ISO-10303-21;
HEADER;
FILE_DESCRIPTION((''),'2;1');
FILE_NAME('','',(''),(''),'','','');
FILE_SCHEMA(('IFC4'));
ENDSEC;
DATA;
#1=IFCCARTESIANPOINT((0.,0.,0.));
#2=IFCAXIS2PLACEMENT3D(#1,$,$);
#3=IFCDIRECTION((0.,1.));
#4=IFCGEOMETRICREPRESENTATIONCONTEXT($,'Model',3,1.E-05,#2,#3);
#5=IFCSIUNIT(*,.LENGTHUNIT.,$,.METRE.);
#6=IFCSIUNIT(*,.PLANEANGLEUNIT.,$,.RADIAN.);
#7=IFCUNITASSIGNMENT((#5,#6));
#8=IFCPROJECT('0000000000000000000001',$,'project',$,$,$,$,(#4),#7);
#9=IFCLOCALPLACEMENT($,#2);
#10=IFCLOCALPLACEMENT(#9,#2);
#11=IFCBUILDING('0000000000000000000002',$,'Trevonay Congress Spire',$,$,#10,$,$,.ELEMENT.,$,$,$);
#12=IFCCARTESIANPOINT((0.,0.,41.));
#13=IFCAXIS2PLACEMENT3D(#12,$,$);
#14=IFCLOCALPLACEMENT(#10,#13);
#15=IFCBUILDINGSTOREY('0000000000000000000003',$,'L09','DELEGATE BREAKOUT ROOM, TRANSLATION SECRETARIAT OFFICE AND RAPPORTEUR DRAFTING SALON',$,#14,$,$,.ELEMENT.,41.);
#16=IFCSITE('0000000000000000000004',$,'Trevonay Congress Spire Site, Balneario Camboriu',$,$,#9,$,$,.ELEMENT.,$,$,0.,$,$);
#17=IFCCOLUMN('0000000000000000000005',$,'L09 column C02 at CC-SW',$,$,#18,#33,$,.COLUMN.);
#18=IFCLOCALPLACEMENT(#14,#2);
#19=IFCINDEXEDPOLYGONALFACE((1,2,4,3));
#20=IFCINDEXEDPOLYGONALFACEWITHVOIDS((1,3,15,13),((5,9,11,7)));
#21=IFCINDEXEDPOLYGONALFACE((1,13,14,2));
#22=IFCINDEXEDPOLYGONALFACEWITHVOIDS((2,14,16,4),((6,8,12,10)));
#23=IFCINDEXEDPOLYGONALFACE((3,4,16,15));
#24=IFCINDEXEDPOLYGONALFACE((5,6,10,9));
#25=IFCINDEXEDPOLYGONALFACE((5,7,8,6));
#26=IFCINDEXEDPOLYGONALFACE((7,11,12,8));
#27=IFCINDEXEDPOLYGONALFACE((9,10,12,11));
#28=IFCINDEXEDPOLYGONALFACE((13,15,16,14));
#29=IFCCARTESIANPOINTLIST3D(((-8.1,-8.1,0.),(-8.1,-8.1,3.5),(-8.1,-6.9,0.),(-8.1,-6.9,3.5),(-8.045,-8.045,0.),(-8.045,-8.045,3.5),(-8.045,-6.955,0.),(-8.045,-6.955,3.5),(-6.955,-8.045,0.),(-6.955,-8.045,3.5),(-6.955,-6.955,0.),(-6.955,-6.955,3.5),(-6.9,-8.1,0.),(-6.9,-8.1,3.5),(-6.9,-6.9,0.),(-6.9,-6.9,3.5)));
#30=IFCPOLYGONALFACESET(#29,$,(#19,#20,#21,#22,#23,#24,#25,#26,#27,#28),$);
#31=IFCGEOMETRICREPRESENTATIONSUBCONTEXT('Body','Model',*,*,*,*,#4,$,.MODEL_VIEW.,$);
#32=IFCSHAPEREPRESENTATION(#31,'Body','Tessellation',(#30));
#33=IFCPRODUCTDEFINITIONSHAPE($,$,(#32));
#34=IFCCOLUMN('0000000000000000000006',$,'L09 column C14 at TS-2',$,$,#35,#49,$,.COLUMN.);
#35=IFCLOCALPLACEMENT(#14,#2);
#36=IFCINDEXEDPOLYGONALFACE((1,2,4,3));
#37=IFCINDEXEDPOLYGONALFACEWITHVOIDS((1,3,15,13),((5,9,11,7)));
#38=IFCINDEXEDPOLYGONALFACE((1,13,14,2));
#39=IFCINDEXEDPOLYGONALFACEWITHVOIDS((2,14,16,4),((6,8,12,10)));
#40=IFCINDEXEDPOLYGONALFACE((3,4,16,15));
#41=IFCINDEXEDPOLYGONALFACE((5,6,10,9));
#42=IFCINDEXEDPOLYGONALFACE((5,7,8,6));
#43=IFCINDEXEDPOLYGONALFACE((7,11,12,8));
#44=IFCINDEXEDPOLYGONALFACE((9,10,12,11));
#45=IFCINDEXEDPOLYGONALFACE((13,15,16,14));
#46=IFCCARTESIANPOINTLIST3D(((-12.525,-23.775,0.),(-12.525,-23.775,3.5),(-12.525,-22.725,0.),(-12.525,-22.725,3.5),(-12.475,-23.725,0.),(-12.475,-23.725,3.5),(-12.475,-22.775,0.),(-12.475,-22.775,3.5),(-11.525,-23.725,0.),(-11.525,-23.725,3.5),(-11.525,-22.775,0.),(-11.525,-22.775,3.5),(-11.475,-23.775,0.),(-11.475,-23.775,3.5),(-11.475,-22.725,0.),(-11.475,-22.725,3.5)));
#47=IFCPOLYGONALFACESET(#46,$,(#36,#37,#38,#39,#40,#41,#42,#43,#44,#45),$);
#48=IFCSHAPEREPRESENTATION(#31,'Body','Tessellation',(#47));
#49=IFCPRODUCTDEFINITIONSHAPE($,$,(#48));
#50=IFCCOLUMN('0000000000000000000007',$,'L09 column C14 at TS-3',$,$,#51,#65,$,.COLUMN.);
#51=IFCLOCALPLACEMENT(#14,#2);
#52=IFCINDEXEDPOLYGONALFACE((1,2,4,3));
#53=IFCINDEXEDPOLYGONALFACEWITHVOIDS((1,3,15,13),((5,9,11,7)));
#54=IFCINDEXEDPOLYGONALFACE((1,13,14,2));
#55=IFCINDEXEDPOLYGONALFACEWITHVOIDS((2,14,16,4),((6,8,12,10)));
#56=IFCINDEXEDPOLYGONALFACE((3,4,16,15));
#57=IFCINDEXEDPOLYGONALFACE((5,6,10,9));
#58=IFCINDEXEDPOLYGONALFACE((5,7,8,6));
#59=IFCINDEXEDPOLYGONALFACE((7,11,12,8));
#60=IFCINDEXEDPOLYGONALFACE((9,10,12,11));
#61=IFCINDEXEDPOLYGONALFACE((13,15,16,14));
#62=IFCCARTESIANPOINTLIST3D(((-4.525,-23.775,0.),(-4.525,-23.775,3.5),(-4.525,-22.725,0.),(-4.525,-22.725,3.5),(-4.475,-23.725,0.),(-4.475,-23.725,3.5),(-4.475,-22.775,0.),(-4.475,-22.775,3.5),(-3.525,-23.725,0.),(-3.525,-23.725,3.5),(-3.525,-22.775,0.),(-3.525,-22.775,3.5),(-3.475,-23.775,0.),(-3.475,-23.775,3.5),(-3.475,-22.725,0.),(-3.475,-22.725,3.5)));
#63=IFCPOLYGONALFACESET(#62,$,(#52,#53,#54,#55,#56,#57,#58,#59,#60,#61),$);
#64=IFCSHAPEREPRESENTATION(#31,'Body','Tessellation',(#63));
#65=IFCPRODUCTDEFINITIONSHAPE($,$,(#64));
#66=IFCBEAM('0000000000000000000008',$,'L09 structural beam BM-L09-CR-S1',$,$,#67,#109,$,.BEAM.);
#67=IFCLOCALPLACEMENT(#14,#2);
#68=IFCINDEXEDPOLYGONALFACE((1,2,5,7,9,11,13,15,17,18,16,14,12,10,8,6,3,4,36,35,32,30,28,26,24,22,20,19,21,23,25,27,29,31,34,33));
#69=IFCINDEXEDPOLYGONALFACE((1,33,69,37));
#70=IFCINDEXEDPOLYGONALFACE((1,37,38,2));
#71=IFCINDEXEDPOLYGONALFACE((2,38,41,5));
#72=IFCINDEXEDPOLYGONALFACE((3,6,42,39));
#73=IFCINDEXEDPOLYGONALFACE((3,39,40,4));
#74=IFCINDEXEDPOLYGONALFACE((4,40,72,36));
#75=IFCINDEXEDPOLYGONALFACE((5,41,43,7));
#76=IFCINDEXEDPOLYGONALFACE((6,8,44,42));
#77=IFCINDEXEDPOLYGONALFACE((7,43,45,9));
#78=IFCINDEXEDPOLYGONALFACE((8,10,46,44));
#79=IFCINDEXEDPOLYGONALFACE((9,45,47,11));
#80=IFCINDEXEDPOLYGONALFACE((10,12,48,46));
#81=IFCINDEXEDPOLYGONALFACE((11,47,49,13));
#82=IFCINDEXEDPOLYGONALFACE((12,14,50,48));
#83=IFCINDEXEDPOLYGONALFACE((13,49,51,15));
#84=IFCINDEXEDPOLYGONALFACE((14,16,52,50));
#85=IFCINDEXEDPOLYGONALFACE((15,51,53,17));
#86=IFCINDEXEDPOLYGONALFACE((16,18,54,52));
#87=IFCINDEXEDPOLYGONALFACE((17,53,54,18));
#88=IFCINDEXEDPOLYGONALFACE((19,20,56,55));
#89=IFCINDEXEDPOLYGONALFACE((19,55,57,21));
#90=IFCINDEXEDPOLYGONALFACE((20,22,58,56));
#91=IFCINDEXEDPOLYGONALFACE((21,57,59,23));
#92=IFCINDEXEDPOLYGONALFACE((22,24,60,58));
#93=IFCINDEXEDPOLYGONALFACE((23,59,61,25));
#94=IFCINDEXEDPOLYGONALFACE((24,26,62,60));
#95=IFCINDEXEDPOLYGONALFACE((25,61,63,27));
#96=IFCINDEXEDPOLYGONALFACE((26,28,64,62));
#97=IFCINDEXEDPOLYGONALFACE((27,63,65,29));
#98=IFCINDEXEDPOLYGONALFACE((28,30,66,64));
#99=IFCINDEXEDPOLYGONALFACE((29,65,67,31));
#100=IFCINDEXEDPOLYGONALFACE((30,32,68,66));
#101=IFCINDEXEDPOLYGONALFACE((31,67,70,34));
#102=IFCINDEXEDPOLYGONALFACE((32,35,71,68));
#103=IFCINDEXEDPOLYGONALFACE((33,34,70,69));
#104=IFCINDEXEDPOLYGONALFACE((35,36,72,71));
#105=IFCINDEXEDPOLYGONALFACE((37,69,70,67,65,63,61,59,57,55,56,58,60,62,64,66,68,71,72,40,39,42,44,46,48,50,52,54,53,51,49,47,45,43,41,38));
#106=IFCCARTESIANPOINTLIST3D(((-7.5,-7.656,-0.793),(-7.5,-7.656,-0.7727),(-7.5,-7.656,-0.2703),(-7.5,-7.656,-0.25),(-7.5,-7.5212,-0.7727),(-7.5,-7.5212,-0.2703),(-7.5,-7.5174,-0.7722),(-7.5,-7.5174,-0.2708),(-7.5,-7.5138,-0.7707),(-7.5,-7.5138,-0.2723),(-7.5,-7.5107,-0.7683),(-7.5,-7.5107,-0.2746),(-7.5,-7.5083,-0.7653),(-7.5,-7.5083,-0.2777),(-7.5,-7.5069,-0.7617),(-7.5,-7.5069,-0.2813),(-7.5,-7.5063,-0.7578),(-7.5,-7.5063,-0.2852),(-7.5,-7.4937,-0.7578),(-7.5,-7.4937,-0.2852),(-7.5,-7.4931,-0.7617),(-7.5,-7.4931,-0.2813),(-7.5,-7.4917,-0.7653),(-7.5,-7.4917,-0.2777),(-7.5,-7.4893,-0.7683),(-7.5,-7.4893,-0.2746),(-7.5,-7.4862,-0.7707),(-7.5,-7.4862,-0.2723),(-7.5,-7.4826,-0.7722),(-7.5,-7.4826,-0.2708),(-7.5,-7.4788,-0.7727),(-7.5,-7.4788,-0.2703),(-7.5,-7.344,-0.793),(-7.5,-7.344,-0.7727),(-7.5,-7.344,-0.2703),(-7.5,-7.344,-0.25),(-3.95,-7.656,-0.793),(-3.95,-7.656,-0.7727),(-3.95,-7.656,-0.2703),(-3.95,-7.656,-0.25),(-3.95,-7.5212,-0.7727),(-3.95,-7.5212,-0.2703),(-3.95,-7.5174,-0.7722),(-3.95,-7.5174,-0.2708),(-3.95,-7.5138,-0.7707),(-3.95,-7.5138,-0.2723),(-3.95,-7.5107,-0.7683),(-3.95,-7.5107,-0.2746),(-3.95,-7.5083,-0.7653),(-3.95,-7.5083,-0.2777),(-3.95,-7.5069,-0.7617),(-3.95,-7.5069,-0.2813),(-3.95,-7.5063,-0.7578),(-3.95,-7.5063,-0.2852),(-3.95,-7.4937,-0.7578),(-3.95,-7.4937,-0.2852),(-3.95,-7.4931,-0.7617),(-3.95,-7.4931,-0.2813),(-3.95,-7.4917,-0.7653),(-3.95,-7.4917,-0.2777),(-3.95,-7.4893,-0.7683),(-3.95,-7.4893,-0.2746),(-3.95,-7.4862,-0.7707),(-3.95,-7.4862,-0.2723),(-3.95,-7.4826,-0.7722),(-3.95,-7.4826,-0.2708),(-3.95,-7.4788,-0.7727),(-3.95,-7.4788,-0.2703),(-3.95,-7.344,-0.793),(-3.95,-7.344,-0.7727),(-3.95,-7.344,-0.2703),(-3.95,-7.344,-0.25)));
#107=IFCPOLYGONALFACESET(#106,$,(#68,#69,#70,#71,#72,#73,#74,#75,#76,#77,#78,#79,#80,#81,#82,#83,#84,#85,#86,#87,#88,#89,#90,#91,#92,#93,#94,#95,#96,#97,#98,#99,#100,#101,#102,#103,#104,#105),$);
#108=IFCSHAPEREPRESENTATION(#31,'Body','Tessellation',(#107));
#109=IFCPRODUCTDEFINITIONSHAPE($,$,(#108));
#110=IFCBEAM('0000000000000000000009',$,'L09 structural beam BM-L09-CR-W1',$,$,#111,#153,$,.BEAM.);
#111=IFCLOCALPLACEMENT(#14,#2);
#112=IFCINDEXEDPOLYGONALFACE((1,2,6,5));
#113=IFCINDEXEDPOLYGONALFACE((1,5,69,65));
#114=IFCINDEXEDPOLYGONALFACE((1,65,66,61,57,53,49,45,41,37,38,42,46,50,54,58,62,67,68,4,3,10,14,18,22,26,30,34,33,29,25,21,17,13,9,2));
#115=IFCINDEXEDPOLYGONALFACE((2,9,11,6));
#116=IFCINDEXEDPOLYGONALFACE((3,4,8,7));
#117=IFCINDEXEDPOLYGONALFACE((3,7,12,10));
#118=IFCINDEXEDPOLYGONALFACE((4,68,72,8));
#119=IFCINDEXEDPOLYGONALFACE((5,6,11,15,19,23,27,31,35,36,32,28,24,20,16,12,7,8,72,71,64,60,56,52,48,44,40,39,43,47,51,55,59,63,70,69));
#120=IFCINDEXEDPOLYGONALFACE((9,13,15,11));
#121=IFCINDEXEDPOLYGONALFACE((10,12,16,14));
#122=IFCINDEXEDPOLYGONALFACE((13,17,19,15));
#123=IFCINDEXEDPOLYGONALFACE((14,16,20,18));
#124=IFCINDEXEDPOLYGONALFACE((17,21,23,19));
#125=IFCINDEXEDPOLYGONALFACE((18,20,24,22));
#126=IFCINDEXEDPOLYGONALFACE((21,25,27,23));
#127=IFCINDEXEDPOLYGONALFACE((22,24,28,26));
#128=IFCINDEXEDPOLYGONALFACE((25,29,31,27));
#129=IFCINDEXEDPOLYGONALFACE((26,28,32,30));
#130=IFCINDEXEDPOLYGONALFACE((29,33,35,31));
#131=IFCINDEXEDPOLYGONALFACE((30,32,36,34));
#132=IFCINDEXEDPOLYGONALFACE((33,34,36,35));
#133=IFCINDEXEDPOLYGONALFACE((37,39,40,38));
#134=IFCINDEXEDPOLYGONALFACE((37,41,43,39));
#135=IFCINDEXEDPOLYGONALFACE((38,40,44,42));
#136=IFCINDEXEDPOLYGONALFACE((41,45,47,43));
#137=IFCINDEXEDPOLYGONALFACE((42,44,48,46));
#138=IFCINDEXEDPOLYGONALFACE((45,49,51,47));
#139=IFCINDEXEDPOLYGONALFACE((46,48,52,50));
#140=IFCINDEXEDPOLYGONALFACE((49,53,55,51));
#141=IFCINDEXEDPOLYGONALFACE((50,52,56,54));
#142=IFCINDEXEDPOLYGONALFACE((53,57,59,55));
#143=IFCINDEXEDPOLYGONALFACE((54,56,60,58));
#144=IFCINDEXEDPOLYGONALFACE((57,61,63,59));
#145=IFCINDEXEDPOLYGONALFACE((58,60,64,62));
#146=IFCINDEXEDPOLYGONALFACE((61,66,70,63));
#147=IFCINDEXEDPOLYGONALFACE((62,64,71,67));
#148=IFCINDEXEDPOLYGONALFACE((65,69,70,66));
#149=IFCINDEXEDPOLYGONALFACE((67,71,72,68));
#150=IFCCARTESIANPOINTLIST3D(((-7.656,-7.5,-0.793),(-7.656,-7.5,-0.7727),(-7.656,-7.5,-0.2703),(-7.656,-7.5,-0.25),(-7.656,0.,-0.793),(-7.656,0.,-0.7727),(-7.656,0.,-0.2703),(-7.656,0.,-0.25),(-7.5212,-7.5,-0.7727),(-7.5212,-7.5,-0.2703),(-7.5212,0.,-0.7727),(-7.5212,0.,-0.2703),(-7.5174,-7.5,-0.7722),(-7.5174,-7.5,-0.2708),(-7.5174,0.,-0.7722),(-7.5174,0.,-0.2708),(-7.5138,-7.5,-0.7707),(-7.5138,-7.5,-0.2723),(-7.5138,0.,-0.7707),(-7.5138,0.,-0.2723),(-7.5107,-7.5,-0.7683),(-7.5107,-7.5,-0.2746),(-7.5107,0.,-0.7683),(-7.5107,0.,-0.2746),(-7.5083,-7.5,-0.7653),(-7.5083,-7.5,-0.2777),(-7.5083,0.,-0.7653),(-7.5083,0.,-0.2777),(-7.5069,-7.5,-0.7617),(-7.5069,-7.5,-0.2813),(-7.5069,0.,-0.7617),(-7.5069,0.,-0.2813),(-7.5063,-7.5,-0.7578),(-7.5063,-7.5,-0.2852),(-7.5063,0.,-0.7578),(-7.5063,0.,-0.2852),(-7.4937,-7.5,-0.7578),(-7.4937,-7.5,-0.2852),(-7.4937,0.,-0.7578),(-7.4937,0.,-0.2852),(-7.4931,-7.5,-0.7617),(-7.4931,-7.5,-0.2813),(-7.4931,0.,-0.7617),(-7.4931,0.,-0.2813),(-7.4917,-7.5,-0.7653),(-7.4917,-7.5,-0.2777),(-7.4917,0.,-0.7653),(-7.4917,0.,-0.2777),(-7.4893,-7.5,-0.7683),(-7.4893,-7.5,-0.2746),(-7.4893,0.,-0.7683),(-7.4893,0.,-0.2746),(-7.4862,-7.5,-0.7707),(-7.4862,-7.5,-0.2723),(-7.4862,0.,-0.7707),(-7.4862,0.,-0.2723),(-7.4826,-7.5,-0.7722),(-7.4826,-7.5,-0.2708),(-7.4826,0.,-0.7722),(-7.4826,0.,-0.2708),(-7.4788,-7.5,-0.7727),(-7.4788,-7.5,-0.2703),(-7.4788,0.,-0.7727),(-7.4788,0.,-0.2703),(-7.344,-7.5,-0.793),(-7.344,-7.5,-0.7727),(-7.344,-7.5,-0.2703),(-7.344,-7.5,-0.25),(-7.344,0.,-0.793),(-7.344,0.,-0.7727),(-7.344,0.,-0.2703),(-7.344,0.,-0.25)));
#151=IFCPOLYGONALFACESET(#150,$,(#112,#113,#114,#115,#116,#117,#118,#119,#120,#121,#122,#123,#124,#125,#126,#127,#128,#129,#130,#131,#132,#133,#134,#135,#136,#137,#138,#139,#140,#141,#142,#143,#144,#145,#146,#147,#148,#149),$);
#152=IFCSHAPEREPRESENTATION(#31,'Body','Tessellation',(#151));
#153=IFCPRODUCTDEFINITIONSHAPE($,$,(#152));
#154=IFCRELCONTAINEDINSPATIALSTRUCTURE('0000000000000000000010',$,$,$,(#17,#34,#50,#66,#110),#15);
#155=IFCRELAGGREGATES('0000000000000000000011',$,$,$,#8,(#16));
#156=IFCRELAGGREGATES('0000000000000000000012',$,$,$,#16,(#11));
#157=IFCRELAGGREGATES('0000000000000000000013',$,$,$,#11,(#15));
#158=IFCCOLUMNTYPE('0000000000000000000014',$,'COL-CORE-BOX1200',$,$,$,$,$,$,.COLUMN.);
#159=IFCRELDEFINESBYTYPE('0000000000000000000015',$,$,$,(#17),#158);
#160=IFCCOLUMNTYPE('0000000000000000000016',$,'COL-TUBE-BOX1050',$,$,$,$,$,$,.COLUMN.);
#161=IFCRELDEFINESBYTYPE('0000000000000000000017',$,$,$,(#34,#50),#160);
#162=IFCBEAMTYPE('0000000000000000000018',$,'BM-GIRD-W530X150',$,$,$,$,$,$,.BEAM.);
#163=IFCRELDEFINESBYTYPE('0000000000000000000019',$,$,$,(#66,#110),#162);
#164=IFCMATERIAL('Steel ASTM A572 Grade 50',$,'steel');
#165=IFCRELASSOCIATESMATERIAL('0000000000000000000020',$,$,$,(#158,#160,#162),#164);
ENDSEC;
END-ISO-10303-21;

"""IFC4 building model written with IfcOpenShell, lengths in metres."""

from ifc_helpers import new_model, si_unit, direction, frame, origin, origin_2d, place, context, subcontext, project, spatial, hollow_rectangle, i_section, extrude, material, material_profile, profile_set, type_object, element, save


model = new_model("IFC4")

# Units and contexts
model_context = context("Model", 3, precision=1e-05, world=origin(), true_north=direction((0.0, 1.0)))
body_context = subcontext(model_context, "Body", "Model", "MODEL_VIEW")
ifc_project = project(units=[si_unit("LENGTHUNIT", "METRE"), si_unit("PLANEANGLEUNIT", "RADIAN")], contexts=[model_context])

# Site, building, storey
site_placement = place(None, origin())
site = spatial("IfcSite", under=ifc_project, at=site_placement, Name="Trevonay Congress Spire Site, Balneario Camboriu", CompositionType="ELEMENT", RefElevation=0.0)
building_placement = place(site_placement, origin())
building = spatial("IfcBuilding", under=site, at=building_placement, Name="Trevonay Congress Spire", CompositionType="ELEMENT")
storey_placement = place(building_placement, frame((0.0, 0.0, 41.0)))
storey = spatial("IfcBuildingStorey", under=building, at=storey_placement, Name="L09", Description="DELEGATE BREAKOUT ROOM, TRANSLATION SECRETARIAT OFFICE AND RAPPORTEUR DRAFTING SALON", CompositionType="ELEMENT", Elevation=41.0)

# Columns
ifc_material_1 = material(Name="Steel ASTM A572 Grade 50", Category="steel")
ifc_material_profile_1 = material_profile(ifc_material_1, hollow_rectangle(XDim=1.2, YDim=1.2, WallThickness=0.0549, at=origin_2d()), Name="BOX 1200x1200x55")
ifc_profile_set_1 = profile_set([ifc_material_profile_1], Name="Steel ASTM A572 Grade 50")
column_type_1 = type_object("IfcColumnType", Name="COL-CORE-BOX1200", PredefinedType="COLUMN", material=ifc_profile_set_1)
column_placement = place(storey_placement, frame((-7.5, -7.5, 0.0), z_axis=(0.0, 0.0, 1.0), x_axis=(1.0, 0.0, 0.0)))
element("IfcColumn", 1, at=column_placement, inside=storey, type_object=column_type_1, Name="L09 column C02 at CC-SW", PredefinedType="COLUMN", context=body_context, shape_type="SweptSolid", body=[
    extrude(hollow_rectangle(XDim=1.2, YDim=1.2, WallThickness=0.0549, at=origin_2d()), origin(), (0.0, 0.0, 1.0), 3.5),
])
ifc_material_profile_2 = material_profile(ifc_material_1, hollow_rectangle(XDim=1.05, YDim=1.05, WallThickness=0.05, at=origin_2d()), Name="BOX 1050x1050x50")
ifc_profile_set_2 = profile_set([ifc_material_profile_2], Name="Steel ASTM A572 Grade 50")
column_type_2 = type_object("IfcColumnType", Name="COL-TUBE-BOX1050", PredefinedType="COLUMN", material=ifc_profile_set_2)
for number, where, z_axis, x_axis, name in (
    (2, (-12.0, -23.25, 0.0), (0.0, 0.0, 1.0), (1.0, 0.0, 0.0), "L09 column C14 at TS-2"),
    (3, (-4.0, -23.25, 0.0), (0.0, 0.0, 1.0), (1.0, 0.0, 0.0), "L09 column C14 at TS-3"),
):
    element("IfcColumn", number, at=place(storey_placement, frame(where, z_axis=z_axis, x_axis=x_axis)), inside=storey, type_object=column_type_2, Name=name, PredefinedType="COLUMN", context=body_context, shape_type="SweptSolid", body=[
        extrude(hollow_rectangle(XDim=1.05, YDim=1.05, WallThickness=0.05, at=origin_2d()), origin(), (0.0, 0.0, 1.0), 3.5),
    ])

# Beams
ifc_material_profile_3 = material_profile(ifc_material_1, i_section(OverallWidth=0.312, OverallDepth=0.543, WebThickness=0.0127, FlangeThickness=0.0203, FilletRadius=0.0149, at=origin_2d()), Name="W530x150")
ifc_profile_set_3 = profile_set([ifc_material_profile_3], Name="Steel ASTM A572 Grade 50")
beam_type_1 = type_object("IfcBeamType", Name="BM-GIRD-W530X150", PredefinedType="BEAM", material=ifc_profile_set_3)
beam_1_placement = place(storey_placement, frame((-7.5, -7.5, -0.5215), z_axis=(1.0, 0.0, 0.0), x_axis=(0.0, 1.0, 0.0)))
element("IfcBeam", 4, at=beam_1_placement, inside=storey, type_object=beam_type_1, Name="L09 structural beam BM-L09-CR-S1", PredefinedType="BEAM", context=body_context, shape_type="SweptSolid", body=[
    extrude(i_section(OverallWidth=0.312, OverallDepth=0.543, WebThickness=0.0127, FlangeThickness=0.0203, FilletRadius=0.0149, at=origin_2d()), origin(), (0.0, 0.0, 1.0), 3.55),
])
beam_2_placement = place(storey_placement, frame((-7.5, -7.5, -0.5215), z_axis=(0.0, 1.0, 0.0), x_axis=(-1.0, 0.0, 0.0)))
element("IfcBeam", 5, at=beam_2_placement, inside=storey, type_object=beam_type_1, Name="L09 structural beam BM-L09-CR-W1", PredefinedType="BEAM", context=body_context, shape_type="SweptSolid", body=[
    extrude(i_section(OverallWidth=0.312, OverallDepth=0.543, WebThickness=0.0127, FlangeThickness=0.0203, FilletRadius=0.0149, at=origin_2d()), origin(), (0.0, 0.0, 1.0), 7.5),
])

save(model, "model.ifc")
